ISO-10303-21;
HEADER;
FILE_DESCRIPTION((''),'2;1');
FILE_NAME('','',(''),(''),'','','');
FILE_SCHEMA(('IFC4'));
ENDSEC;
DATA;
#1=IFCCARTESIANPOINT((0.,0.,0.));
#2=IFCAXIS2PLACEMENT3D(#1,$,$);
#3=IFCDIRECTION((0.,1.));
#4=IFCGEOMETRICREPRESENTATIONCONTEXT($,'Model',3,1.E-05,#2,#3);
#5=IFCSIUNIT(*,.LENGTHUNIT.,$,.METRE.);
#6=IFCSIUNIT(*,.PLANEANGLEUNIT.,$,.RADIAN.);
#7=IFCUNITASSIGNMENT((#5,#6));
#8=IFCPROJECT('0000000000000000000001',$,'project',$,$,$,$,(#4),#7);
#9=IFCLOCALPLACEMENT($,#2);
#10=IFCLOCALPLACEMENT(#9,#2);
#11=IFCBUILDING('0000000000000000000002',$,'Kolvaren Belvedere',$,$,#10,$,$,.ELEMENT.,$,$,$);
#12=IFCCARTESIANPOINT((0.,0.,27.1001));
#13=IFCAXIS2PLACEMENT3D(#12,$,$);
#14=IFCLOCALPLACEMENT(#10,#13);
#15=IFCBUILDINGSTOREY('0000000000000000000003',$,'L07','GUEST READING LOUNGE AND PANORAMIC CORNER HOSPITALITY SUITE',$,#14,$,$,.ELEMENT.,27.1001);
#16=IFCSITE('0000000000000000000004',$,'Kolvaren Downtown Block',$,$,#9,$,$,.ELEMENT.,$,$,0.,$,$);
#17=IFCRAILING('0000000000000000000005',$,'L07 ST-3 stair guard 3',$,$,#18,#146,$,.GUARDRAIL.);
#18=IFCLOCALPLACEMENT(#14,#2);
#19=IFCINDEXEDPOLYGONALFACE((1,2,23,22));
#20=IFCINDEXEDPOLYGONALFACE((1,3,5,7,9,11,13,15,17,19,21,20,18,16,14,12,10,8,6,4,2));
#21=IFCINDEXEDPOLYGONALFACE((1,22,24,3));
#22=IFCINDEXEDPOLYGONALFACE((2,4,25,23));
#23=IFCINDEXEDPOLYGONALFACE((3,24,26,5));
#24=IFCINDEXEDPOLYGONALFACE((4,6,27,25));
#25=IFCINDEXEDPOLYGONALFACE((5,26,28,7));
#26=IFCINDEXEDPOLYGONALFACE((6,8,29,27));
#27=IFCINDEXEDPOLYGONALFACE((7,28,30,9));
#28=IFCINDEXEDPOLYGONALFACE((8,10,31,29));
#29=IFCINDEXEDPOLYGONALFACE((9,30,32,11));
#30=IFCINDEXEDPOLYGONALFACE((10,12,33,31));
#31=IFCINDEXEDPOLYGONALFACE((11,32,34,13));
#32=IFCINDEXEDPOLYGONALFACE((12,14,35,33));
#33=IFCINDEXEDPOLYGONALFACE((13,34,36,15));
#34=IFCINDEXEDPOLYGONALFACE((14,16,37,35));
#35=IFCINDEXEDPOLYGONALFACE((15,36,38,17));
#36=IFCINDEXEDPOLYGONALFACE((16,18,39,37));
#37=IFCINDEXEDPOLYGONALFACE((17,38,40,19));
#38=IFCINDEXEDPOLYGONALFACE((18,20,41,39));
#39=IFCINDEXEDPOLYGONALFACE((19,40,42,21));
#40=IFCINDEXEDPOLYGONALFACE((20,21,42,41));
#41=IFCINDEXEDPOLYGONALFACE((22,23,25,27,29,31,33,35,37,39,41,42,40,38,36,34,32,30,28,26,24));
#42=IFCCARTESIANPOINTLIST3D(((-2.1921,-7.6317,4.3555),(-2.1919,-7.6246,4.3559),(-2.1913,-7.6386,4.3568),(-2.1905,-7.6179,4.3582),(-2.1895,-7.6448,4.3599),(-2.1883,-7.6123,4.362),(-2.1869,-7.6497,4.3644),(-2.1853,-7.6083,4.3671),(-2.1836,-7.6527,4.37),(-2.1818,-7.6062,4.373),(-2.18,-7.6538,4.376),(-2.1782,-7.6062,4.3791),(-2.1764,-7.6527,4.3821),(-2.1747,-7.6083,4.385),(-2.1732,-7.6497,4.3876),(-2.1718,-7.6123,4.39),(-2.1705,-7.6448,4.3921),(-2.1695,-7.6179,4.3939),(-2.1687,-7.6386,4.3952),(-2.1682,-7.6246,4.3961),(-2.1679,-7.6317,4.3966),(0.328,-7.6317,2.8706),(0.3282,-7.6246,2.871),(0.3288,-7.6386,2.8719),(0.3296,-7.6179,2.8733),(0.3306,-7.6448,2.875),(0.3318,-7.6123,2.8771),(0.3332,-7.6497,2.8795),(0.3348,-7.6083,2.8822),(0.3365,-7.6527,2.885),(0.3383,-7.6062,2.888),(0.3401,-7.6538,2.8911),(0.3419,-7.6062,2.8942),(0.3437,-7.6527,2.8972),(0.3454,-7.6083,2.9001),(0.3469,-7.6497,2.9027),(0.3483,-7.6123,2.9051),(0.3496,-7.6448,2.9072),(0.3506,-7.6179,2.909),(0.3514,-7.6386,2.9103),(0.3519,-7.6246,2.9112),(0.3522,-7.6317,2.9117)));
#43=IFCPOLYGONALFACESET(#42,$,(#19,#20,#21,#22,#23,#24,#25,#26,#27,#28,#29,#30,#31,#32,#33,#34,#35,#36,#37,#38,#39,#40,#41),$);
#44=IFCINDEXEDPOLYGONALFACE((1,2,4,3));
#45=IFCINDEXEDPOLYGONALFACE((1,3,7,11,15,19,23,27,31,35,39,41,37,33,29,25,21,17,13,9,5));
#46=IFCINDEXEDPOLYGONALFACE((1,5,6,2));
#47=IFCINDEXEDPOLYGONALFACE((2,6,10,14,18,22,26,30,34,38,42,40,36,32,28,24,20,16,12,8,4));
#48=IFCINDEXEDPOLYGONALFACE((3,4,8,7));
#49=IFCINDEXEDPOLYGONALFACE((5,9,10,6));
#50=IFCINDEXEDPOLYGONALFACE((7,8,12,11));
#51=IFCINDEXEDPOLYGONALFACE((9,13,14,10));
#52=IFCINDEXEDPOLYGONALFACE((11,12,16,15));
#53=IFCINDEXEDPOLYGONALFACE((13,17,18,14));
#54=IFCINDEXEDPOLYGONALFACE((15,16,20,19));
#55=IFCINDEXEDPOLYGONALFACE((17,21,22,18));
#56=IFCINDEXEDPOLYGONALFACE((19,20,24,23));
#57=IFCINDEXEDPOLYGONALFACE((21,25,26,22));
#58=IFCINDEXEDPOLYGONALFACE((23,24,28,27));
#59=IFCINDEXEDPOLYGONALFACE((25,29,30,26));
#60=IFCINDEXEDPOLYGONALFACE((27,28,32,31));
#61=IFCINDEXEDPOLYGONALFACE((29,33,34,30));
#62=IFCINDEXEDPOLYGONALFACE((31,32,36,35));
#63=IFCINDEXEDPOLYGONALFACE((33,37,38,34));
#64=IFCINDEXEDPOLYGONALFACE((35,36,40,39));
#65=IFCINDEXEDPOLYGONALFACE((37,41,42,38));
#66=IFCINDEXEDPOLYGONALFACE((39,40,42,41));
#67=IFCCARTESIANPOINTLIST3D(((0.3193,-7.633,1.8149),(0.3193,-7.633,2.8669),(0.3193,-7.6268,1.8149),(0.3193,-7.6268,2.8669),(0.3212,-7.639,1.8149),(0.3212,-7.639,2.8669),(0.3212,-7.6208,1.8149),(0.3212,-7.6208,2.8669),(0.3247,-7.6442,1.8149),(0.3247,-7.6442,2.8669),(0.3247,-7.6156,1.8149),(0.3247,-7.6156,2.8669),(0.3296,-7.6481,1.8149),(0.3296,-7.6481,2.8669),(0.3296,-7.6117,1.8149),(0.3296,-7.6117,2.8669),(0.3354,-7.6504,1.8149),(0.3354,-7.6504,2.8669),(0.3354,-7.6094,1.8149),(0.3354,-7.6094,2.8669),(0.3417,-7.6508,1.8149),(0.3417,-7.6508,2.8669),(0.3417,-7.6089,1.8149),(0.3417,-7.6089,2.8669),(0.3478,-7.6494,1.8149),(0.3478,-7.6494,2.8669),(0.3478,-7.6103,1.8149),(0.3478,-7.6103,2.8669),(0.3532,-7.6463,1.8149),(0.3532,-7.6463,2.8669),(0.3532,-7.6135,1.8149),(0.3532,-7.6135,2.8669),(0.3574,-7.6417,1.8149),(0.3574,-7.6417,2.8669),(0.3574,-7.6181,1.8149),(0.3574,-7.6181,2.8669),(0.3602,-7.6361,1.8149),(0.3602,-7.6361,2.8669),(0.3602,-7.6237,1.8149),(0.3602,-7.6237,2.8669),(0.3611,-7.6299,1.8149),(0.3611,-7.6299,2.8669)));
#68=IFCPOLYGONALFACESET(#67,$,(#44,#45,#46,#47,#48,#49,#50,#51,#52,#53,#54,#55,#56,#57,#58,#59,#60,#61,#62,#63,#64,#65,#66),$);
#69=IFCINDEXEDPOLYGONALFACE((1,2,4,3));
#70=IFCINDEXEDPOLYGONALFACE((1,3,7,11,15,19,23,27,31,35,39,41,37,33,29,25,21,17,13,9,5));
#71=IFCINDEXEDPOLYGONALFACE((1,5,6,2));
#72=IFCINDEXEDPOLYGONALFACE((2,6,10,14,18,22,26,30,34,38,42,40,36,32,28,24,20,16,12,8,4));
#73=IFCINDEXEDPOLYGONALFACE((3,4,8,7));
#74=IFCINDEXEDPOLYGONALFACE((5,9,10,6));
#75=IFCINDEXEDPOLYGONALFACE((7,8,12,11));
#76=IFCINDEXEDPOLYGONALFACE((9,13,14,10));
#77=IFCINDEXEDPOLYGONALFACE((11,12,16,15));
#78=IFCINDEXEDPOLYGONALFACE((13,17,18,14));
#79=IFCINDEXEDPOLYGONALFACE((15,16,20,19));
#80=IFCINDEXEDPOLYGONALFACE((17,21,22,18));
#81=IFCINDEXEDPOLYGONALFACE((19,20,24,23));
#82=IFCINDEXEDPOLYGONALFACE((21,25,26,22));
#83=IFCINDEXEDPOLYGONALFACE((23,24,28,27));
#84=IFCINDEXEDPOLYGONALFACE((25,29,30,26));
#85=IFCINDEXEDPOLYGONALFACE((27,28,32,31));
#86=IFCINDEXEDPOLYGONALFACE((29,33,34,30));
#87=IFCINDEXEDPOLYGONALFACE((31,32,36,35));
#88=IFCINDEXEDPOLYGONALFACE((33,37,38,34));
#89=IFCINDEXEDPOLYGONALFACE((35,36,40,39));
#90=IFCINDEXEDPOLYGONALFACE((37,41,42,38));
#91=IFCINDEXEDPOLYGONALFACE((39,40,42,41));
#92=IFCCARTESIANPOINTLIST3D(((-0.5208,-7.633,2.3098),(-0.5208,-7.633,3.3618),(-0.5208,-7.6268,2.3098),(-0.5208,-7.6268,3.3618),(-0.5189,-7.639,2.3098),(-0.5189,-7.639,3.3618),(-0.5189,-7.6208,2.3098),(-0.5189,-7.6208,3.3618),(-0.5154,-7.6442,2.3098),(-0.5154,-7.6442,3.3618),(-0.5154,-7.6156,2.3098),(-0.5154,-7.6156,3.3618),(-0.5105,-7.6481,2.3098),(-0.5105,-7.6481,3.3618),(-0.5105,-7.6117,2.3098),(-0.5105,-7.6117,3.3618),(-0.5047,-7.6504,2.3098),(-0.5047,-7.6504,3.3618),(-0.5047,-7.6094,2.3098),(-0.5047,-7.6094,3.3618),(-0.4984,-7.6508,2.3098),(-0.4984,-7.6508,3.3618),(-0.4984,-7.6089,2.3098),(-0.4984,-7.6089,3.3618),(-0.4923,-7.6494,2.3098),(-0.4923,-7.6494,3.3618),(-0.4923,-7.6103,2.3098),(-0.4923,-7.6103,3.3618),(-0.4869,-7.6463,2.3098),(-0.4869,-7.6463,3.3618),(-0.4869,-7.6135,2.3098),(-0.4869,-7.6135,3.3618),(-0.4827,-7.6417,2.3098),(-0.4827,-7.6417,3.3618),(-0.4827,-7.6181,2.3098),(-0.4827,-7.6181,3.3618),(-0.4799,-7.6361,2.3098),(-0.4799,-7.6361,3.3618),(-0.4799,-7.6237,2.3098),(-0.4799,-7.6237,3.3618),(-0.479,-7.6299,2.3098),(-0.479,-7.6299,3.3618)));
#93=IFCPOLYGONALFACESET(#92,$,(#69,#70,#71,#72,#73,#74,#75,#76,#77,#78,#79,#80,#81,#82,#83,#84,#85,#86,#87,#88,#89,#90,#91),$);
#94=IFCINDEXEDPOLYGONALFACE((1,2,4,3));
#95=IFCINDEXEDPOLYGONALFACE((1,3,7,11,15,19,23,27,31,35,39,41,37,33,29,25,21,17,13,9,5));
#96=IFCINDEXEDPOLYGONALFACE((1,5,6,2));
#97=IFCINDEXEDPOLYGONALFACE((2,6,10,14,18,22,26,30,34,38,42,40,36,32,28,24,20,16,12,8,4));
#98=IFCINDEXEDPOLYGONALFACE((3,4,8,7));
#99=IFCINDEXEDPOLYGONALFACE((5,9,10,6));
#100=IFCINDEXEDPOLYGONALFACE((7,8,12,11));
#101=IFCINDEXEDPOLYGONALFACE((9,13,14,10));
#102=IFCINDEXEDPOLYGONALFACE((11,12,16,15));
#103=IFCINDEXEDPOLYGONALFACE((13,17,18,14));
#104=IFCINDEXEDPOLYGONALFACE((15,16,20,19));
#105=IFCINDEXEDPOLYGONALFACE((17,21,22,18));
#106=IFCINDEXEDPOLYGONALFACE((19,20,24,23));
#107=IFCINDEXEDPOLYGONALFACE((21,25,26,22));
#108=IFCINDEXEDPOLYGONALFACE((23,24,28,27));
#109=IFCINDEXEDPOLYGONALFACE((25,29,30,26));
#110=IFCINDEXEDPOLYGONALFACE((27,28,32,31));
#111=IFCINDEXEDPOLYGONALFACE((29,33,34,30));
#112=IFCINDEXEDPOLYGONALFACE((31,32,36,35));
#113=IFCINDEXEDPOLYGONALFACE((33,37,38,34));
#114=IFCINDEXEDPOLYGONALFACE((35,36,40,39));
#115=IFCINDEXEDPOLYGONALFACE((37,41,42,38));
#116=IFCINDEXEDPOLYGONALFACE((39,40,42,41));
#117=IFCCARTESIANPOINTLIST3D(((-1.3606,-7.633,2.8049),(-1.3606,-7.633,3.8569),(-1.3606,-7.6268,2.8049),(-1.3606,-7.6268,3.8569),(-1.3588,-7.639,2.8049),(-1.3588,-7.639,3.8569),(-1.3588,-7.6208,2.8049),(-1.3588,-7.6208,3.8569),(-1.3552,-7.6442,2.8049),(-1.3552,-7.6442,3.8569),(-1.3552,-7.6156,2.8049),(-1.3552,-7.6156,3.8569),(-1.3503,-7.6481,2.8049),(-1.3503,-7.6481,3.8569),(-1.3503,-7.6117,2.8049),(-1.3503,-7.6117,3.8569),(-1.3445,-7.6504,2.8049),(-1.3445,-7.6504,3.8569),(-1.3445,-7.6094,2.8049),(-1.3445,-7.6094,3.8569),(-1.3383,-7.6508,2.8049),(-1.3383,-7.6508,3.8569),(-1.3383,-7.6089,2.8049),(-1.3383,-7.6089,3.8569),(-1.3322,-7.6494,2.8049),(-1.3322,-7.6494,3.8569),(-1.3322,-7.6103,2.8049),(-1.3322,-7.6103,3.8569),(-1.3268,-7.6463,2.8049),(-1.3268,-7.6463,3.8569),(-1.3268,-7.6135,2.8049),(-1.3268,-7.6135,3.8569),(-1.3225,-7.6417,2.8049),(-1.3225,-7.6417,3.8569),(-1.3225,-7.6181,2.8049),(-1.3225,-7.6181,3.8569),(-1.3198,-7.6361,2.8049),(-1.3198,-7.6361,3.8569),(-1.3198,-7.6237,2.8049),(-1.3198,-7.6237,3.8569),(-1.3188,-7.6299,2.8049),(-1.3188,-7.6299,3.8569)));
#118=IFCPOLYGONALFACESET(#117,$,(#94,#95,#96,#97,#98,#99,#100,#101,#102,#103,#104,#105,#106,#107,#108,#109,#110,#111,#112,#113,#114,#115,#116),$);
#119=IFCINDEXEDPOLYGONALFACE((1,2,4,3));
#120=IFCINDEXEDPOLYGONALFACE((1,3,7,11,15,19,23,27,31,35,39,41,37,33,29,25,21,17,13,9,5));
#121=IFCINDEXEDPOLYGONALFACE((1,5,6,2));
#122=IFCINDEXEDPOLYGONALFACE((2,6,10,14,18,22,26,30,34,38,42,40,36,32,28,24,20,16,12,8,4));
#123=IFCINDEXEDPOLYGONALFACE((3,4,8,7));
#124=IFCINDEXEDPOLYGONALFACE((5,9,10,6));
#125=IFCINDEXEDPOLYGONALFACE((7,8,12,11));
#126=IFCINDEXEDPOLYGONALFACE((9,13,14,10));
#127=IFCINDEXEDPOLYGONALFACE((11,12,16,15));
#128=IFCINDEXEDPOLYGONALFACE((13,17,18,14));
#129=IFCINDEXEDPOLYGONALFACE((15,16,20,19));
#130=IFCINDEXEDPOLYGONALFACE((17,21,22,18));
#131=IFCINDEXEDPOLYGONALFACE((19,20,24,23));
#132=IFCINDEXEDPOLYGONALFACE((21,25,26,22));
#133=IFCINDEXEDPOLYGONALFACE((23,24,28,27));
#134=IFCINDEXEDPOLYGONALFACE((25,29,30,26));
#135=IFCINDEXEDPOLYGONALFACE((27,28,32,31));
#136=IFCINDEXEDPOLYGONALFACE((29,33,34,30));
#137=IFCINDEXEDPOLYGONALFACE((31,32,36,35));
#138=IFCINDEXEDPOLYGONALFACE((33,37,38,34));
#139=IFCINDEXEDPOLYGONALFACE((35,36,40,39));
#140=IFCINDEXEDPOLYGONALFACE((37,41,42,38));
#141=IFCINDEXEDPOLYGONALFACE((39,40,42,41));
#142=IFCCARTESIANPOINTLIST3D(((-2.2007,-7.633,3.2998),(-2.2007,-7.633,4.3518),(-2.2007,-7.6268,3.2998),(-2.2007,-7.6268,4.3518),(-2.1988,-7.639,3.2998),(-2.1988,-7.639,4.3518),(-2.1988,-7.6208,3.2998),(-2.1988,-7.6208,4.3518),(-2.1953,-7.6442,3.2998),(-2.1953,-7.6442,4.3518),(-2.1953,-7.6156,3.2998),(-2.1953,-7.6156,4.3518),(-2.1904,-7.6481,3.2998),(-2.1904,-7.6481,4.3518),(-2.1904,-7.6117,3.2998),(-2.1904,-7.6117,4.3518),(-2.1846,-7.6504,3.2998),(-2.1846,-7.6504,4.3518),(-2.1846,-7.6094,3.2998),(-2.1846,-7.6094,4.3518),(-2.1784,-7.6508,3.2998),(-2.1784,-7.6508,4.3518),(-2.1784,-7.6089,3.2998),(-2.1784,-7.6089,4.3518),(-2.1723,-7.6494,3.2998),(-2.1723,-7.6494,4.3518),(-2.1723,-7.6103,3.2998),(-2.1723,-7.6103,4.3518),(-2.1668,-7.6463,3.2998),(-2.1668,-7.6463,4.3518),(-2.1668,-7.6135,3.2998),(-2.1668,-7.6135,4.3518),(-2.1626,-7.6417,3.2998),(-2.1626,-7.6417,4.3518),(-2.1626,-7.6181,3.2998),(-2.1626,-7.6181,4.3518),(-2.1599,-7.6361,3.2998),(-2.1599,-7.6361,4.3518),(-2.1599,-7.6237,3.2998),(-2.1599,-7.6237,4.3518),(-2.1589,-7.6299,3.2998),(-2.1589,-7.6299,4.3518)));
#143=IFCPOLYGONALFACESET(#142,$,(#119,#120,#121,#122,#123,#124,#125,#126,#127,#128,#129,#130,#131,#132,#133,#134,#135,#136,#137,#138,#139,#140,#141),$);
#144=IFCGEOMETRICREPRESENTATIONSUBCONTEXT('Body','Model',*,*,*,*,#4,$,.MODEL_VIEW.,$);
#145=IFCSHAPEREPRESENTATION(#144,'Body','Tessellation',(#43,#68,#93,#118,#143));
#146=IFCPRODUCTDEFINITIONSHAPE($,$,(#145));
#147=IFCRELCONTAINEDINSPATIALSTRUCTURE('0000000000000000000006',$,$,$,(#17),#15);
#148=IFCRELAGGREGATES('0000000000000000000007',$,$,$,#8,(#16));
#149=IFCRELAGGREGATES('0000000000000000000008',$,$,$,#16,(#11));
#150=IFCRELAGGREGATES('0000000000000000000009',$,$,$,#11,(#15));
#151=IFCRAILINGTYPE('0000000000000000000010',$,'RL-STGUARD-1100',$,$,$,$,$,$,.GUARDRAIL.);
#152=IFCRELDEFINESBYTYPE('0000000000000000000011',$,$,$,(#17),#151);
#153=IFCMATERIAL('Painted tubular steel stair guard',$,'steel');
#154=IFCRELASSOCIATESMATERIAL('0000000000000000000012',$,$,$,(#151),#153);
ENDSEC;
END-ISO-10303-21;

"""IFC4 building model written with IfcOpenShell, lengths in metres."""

from ifc_helpers import new_model, si_unit, direction, frame, origin, origin_2d, place, context, subcontext, project, spatial, circle, extrude, material, type_object, element, save


model = new_model("IFC4")

# Units and contexts
model_context = context("Model", 3, precision=1e-05, world=origin(), true_north=direction((0.0, 1.0)))
body_context = subcontext(model_context, "Body", "Model", "MODEL_VIEW")
ifc_project = project(units=[si_unit("LENGTHUNIT", "METRE"), si_unit("PLANEANGLEUNIT", "RADIAN")], contexts=[model_context])

# Site, building, storey
site_placement = place(None, origin())
site = spatial("IfcSite", under=ifc_project, at=site_placement, Name="Kolvaren Downtown Block", CompositionType="ELEMENT", RefElevation=0.0)
building_placement = place(site_placement, origin())
building = spatial("IfcBuilding", under=site, at=building_placement, Name="Kolvaren Belvedere", CompositionType="ELEMENT")
storey_placement = place(building_placement, frame((0.0, 0.0, 27.1001)))
storey = spatial("IfcBuildingStorey", under=building, at=storey_placement, Name="L07", Description="GUEST READING LOUNGE AND PANORAMIC CORNER HOSPITALITY SUITE", CompositionType="ELEMENT", Elevation=27.1001)

# Railing
ifc_material_1 = material(Name="Painted tubular steel stair guard", Category="steel")
railing_type_1 = type_object("IfcRailingType", Name="RL-STGUARD-1100", PredefinedType="GUARDRAIL", material=ifc_material_1)
railing_1_placement = place(storey_placement, frame((0.3401, -7.6299, 1.8149)))
element("IfcRailing", 1, at=railing_1_placement, inside=storey, type_object=railing_type_1, Name="L07 ST-3 stair guard 3", PredefinedType="GUARDRAIL", context=body_context, shape_type="SweptSolid", body=[
    extrude(circle(Radius=0.0239, at=origin_2d()), frame((0.0, 0.0, 1.0762), z_axis=(-0.861561, 0.0, 0.507655), x_axis=(0.0, -1.0, 0.0)), (0.0, 0.0, 1.0), 2.925),
    extrude(circle(Radius=0.021, at=origin_2d()), origin(), (0.0, 0.0, 1.0), 1.052),
    extrude(circle(Radius=0.021, at=origin_2d()), frame((-0.8401, 0.0, 0.4949)), (0.0, 0.0, 1.0), 1.052),
    extrude(circle(Radius=0.021, at=origin_2d()), frame((-1.6799, 0.0, 0.99)), (0.0, 0.0, 1.0), 1.052),
    extrude(circle(Radius=0.021, at=origin_2d()), frame((-2.52, 0.0, 1.4849)), (0.0, 0.0, 1.0), 1.052),
])

save(model, "model.ifc")
